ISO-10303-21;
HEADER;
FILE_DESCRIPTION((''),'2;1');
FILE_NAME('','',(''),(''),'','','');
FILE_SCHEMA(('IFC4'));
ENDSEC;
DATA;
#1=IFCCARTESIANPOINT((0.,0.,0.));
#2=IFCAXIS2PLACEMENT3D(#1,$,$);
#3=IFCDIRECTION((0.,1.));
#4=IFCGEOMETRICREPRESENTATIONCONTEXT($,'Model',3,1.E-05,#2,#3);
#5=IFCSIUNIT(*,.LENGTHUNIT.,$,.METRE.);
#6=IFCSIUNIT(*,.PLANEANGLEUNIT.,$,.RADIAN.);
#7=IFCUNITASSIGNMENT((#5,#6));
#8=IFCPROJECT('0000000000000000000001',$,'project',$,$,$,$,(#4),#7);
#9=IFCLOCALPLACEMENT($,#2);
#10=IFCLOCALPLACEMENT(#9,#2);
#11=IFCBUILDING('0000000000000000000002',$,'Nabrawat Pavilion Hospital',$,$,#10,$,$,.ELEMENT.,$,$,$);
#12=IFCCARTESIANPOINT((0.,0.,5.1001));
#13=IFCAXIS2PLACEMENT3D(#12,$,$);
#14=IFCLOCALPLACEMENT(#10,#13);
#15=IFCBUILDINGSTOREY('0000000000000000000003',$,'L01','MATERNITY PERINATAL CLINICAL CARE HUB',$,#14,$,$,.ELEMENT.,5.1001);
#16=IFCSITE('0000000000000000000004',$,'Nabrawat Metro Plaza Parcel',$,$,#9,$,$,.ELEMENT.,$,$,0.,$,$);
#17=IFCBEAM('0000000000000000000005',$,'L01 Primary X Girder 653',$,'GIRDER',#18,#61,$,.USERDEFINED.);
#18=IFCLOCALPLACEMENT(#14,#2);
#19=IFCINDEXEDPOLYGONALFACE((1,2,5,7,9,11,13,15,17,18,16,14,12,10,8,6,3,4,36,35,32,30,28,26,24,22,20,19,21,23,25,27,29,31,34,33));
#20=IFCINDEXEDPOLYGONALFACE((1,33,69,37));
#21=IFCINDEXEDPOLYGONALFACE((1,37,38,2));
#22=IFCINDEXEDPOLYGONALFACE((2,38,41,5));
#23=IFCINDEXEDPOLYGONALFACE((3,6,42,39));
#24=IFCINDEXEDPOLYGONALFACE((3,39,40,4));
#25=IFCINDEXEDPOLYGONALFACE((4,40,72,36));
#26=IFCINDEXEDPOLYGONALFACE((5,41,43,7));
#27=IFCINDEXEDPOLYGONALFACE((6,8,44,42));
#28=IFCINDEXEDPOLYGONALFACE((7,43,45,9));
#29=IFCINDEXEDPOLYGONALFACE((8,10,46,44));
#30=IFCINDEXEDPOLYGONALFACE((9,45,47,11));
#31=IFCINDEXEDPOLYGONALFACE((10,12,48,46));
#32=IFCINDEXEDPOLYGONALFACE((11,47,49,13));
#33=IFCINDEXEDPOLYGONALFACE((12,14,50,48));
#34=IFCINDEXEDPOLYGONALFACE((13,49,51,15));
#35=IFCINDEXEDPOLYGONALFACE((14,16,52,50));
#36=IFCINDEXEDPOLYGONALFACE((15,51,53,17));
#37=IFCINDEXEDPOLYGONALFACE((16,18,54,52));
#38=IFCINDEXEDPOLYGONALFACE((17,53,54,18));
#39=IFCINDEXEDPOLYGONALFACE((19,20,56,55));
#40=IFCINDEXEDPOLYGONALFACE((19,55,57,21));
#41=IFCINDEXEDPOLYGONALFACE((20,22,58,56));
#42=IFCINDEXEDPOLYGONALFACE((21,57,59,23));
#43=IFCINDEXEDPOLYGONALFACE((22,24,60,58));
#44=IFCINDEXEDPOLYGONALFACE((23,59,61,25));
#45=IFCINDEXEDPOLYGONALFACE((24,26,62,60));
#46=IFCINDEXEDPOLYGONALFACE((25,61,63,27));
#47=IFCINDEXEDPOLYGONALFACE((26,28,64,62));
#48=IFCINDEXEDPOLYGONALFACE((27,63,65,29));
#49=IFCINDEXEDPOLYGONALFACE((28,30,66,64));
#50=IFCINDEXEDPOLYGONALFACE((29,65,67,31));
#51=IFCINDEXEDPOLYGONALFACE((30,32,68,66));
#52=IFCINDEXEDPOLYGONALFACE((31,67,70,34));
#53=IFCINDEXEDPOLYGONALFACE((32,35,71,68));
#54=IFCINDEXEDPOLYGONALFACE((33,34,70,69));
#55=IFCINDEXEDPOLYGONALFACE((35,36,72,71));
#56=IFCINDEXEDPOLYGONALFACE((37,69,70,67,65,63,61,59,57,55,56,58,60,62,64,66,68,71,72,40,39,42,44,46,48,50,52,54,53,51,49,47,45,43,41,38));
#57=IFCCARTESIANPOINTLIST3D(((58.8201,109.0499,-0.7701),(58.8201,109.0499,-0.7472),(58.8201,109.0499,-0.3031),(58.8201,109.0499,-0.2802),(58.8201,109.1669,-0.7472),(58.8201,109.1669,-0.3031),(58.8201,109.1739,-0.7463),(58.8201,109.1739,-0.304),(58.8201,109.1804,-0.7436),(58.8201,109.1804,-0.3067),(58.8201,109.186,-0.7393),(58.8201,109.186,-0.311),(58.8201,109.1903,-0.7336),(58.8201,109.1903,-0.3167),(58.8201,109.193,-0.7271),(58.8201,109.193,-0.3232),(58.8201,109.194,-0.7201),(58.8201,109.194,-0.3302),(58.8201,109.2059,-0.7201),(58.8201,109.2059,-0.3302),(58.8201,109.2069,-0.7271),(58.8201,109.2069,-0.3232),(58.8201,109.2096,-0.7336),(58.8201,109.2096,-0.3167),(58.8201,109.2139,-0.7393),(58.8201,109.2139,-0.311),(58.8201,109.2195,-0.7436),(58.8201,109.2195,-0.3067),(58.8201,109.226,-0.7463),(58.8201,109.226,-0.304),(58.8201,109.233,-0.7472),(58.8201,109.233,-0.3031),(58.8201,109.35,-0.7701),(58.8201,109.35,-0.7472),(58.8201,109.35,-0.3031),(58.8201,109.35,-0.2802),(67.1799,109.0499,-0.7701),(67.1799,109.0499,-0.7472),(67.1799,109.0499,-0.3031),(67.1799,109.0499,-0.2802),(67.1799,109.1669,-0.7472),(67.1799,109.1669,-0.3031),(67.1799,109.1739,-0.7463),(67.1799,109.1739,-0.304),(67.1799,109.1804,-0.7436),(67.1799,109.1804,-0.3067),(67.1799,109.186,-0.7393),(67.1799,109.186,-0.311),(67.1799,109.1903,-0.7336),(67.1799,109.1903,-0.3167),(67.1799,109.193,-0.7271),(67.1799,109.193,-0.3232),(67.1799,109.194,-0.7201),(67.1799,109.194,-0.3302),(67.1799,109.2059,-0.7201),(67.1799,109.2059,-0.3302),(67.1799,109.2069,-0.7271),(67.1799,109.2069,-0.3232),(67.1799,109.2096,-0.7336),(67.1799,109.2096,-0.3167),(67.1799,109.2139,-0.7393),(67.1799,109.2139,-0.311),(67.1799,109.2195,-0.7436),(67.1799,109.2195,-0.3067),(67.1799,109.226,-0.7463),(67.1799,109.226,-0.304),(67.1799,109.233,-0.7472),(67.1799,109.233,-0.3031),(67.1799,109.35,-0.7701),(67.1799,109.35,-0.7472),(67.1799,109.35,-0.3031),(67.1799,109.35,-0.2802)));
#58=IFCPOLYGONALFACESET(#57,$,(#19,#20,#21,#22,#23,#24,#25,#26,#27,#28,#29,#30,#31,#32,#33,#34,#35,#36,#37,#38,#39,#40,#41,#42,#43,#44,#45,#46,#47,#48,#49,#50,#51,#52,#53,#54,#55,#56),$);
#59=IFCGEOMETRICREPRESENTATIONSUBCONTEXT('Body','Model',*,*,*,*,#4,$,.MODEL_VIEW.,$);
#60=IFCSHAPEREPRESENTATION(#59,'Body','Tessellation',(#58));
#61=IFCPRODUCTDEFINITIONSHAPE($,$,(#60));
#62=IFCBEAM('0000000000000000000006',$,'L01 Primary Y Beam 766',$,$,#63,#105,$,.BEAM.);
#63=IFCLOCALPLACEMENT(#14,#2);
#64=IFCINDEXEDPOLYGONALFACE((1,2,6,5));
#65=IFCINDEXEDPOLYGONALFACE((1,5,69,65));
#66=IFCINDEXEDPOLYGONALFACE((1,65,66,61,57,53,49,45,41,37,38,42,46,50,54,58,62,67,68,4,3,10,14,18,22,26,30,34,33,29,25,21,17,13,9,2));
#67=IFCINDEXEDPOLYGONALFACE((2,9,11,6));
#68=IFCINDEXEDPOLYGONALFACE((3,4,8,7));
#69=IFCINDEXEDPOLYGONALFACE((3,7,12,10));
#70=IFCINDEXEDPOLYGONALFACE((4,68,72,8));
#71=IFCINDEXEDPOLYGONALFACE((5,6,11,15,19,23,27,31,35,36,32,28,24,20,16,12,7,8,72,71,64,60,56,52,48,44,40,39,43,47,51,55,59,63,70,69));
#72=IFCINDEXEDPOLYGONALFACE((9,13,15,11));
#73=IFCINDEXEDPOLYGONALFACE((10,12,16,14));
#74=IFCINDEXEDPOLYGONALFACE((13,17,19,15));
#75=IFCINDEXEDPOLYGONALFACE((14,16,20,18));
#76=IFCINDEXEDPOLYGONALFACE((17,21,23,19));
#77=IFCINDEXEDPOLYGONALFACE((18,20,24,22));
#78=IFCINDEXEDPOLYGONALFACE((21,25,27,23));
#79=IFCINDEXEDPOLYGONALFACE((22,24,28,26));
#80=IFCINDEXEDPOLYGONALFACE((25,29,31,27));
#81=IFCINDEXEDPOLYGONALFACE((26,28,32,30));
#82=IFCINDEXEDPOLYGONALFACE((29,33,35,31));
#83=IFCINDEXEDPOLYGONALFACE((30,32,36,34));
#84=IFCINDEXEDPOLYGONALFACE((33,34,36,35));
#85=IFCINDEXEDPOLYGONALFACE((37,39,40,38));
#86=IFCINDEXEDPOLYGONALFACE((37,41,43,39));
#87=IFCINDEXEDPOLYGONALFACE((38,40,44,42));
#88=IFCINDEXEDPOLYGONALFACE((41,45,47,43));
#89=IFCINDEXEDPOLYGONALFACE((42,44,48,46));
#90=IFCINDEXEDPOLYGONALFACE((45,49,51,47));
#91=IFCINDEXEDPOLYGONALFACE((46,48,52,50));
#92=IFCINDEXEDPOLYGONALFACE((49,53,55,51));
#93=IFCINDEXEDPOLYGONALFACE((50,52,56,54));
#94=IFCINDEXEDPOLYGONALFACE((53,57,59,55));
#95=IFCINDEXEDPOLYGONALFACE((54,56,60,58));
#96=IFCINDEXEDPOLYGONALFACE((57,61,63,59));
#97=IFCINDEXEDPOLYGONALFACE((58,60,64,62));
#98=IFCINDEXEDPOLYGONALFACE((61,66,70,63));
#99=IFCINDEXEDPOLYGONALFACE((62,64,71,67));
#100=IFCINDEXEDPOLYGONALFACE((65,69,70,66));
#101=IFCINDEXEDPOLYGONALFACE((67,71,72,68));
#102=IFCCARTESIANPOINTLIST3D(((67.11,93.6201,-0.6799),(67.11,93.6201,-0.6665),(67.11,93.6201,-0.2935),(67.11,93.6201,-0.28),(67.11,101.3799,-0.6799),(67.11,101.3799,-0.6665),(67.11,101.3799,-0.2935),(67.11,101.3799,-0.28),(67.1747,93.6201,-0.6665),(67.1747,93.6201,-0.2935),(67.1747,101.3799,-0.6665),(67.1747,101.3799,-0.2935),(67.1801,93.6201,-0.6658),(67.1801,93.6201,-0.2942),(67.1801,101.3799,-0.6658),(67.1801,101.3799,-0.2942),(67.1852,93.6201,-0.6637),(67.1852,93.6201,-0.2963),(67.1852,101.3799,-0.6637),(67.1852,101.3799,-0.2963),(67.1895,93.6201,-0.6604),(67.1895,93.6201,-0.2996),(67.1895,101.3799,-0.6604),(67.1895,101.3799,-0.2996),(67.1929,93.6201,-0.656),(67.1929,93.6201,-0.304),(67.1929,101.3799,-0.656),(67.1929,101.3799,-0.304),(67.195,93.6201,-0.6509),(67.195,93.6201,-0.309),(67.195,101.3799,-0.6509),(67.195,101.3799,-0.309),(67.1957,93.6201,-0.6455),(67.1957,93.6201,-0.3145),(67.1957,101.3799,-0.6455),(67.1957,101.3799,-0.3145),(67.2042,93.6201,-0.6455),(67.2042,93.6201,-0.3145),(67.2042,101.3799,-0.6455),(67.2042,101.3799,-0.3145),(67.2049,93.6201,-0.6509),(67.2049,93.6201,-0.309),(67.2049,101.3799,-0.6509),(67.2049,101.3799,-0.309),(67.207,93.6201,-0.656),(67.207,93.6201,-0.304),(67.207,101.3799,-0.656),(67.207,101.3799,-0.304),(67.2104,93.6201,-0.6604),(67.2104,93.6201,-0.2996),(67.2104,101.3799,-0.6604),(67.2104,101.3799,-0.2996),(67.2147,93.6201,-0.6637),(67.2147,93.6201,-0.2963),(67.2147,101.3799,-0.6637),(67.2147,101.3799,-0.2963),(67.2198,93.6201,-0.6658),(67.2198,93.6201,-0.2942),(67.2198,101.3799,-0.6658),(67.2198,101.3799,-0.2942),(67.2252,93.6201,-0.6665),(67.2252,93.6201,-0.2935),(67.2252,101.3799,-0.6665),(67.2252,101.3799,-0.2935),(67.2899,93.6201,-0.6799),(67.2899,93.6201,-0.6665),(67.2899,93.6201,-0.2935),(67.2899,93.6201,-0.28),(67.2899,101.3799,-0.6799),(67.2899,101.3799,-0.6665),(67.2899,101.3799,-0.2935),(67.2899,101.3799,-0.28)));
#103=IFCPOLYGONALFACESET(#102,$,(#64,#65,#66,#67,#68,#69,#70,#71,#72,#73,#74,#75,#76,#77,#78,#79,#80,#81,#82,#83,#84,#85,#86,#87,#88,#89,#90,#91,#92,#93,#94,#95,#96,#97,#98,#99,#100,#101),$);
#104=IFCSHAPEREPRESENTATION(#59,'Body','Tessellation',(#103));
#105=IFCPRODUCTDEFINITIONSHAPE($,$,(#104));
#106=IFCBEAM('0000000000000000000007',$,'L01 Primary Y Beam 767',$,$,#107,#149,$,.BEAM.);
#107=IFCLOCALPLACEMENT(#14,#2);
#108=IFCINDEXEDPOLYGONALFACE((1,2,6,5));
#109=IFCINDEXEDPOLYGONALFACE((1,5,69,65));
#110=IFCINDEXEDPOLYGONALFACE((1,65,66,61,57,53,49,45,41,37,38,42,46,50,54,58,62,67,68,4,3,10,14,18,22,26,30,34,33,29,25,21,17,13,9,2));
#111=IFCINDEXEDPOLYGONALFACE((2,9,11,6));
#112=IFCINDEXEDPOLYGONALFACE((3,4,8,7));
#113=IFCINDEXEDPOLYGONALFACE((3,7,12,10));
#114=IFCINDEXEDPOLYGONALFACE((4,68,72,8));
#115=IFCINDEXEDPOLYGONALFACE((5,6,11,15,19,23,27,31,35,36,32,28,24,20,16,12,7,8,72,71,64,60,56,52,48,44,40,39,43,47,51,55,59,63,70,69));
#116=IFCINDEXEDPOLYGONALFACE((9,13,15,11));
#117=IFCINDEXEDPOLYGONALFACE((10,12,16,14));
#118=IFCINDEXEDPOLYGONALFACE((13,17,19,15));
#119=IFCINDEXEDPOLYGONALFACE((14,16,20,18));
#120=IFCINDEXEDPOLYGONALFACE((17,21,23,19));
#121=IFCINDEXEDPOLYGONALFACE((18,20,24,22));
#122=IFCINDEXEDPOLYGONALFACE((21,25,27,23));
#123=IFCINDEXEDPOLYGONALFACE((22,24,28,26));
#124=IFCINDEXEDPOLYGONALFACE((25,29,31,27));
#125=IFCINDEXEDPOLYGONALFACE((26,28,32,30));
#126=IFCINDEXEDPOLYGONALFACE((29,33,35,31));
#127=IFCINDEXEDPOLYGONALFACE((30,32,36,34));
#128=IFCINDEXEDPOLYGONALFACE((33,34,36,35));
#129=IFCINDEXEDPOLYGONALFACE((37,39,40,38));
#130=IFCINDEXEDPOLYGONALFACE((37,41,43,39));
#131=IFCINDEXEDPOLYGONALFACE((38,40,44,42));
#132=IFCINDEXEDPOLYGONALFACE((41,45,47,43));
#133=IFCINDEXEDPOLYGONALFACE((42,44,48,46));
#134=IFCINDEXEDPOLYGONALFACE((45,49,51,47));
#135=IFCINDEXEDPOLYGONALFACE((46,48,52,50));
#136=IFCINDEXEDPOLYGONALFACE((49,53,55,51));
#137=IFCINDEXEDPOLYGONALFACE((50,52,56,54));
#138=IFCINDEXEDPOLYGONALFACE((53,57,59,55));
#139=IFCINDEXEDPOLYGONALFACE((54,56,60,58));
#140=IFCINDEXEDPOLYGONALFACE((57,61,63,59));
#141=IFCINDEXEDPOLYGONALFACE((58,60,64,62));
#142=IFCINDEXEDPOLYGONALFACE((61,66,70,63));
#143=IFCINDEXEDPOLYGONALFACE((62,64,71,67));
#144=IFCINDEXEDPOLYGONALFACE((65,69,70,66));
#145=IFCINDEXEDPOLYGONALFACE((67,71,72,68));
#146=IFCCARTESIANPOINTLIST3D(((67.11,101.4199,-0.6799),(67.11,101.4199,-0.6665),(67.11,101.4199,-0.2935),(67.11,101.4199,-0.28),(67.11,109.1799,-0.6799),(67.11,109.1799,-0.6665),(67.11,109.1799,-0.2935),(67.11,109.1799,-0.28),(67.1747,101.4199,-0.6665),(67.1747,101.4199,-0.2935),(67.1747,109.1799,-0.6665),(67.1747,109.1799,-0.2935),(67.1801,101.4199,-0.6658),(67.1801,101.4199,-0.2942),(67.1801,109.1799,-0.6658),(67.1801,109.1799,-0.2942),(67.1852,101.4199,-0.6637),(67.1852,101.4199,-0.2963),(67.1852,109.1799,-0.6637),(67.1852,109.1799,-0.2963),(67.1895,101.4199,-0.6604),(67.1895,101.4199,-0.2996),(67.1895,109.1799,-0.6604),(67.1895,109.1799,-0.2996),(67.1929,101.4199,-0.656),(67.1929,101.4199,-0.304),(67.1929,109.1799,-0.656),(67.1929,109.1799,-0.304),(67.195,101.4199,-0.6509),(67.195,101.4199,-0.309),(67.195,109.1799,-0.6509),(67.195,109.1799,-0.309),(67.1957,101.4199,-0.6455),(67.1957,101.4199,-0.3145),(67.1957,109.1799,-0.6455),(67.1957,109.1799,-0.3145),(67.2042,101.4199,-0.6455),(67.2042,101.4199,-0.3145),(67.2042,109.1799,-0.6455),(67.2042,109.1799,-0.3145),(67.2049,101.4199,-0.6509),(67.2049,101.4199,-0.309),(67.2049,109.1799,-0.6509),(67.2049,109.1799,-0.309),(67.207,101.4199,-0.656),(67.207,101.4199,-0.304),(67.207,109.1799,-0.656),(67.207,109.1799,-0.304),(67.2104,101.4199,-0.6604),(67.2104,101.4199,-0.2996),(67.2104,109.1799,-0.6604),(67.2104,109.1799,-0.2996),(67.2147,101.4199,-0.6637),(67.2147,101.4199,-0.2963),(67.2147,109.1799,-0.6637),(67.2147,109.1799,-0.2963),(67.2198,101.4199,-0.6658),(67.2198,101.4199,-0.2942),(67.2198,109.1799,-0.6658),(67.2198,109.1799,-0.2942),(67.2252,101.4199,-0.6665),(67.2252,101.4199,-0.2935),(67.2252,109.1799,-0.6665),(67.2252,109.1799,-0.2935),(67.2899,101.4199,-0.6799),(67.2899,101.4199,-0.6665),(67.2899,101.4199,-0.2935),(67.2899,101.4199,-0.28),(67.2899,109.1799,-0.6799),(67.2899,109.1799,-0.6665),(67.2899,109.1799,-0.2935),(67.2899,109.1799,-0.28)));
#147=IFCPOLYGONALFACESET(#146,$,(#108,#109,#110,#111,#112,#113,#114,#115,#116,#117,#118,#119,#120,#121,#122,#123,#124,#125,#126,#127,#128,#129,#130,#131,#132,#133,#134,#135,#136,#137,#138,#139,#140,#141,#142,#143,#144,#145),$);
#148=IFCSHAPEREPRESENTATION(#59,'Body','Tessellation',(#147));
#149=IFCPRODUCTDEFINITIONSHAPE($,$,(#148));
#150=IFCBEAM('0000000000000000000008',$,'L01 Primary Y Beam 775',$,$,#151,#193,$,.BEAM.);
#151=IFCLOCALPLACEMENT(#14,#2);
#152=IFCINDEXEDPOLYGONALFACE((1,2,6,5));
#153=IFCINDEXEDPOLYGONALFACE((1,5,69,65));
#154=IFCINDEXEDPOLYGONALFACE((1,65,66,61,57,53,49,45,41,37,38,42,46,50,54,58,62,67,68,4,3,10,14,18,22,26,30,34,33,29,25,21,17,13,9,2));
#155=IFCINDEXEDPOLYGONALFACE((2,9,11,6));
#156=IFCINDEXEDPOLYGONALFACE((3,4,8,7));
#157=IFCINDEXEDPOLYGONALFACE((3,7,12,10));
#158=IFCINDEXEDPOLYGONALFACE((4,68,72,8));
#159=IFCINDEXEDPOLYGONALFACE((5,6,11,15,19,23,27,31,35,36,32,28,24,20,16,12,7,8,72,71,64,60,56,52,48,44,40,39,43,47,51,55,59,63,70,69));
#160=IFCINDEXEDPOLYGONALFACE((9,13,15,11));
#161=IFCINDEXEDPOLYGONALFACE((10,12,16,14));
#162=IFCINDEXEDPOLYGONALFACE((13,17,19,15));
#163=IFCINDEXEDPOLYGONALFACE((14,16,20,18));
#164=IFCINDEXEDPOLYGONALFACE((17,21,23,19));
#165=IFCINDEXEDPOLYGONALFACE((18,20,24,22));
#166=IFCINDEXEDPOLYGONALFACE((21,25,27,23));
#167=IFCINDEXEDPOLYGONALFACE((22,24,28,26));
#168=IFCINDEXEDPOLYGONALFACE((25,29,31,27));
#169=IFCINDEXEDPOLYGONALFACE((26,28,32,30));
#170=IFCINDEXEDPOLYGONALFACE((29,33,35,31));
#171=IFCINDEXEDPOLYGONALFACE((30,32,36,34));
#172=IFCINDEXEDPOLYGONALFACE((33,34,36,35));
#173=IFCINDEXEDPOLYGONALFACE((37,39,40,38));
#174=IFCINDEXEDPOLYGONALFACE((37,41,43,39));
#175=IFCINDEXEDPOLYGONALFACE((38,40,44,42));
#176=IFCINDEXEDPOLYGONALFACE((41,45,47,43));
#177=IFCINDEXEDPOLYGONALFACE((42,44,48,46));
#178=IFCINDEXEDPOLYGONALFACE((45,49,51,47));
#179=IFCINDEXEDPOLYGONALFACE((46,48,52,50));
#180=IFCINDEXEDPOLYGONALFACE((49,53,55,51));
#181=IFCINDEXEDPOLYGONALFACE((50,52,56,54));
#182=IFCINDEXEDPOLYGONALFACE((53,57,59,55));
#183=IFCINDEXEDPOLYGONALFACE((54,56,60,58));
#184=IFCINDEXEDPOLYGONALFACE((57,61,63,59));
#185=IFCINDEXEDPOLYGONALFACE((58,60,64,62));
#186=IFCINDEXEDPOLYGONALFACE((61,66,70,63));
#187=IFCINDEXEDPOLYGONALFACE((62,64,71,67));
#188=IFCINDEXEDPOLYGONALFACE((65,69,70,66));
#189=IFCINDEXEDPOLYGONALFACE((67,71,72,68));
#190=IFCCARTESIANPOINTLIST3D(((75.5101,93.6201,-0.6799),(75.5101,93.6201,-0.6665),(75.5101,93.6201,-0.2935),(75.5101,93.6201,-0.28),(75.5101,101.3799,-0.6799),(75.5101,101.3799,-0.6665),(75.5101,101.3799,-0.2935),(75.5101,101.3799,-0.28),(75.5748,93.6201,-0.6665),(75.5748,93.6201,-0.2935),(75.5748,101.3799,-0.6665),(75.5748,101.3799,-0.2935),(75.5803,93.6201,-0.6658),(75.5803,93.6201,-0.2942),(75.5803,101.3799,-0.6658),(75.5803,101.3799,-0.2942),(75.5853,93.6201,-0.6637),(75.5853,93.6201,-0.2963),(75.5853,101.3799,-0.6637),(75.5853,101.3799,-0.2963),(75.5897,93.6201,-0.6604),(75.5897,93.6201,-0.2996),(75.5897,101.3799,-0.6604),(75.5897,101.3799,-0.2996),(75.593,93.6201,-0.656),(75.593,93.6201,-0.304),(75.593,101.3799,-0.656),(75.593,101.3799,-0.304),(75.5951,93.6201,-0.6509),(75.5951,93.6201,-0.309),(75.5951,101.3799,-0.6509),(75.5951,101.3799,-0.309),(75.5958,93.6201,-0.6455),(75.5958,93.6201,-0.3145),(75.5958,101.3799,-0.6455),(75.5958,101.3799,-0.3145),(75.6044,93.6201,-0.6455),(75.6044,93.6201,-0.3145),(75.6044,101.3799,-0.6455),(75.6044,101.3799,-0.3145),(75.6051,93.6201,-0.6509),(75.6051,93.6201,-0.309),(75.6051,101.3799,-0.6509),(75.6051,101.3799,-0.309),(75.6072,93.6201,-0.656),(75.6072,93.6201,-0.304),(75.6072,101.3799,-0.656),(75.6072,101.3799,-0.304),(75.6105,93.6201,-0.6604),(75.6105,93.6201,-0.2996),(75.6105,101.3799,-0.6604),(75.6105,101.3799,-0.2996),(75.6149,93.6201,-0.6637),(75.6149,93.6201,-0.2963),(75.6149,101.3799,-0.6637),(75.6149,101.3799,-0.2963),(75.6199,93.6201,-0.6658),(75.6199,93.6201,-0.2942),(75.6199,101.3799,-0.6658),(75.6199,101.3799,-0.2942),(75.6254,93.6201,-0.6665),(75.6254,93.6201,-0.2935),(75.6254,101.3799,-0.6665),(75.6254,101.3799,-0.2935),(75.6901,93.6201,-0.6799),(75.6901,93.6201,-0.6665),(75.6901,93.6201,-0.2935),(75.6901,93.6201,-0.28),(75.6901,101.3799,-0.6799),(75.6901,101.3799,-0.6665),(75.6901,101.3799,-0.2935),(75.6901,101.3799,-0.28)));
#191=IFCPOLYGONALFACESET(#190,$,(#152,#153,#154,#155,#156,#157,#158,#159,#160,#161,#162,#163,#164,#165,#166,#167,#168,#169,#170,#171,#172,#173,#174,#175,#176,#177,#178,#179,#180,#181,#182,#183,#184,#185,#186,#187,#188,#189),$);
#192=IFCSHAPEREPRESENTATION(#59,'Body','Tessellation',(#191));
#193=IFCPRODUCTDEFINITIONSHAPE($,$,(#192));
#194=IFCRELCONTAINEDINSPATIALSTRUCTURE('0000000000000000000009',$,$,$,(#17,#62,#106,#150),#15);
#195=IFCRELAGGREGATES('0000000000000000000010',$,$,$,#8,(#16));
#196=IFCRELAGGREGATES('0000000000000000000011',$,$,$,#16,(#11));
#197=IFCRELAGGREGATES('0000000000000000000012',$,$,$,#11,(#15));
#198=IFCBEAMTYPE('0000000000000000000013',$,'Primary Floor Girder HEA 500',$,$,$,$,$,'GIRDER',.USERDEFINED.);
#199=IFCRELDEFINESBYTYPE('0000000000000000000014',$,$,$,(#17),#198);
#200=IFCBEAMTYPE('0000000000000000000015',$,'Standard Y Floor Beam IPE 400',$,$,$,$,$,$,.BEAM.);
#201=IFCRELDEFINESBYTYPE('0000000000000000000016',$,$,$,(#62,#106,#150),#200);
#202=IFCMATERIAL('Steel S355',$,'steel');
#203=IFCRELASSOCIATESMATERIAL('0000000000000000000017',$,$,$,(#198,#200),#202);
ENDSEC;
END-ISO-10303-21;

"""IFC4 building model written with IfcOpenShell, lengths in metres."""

from ifc_helpers import new_model, si_unit, direction, frame, origin, origin_2d, place, context, subcontext, project, spatial, i_section, extrude, material, material_profile, profile_set, type_object, element, save


model = new_model("IFC4")

# Units and contexts
model_context = context("Model", 3, precision=1e-05, world=origin(), true_north=direction((0.0, 1.0)))
body_context = subcontext(model_context, "Body", "Model", "MODEL_VIEW")
ifc_project = project(units=[si_unit("LENGTHUNIT", "METRE"), si_unit("PLANEANGLEUNIT", "RADIAN")], contexts=[model_context])

# Site, building, storey
site_placement = place(None, origin())
site = spatial("IfcSite", under=ifc_project, at=site_placement, Name="Nabrawat Metro Plaza Parcel", CompositionType="ELEMENT", RefElevation=0.0)
building_placement = place(site_placement, origin())
building = spatial("IfcBuilding", under=site, at=building_placement, Name="Nabrawat Pavilion Hospital", CompositionType="ELEMENT")
storey_placement = place(building_placement, frame((0.0, 0.0, 5.1001)))
storey = spatial("IfcBuildingStorey", under=building, at=storey_placement, Name="L01", Description="MATERNITY PERINATAL CLINICAL CARE HUB", CompositionType="ELEMENT", Elevation=5.1001)

# Beams
ifc_material_1 = material(Name="Steel S355", Category="steel")
ifc_material_profile_1 = material_profile(ifc_material_1, i_section(OverallWidth=0.3, OverallDepth=0.49, WebThickness=0.012, FlangeThickness=0.0229, FilletRadius=0.0271, at=origin_2d()), Name="HEA 500")
ifc_profile_set_1 = profile_set([ifc_material_profile_1], Name="Steel S355")
beam_type_1 = type_object("IfcBeamType", Name="Primary Floor Girder HEA 500", ElementType="GIRDER", PredefinedType="USERDEFINED", material=ifc_profile_set_1)
beam_1_placement = place(storey_placement, frame((58.8201, 109.2, -0.5251), z_axis=(1.0, 0.0, 0.0), x_axis=(0.0, 1.0, 0.0)))
element("IfcBeam", 1, at=beam_1_placement, inside=storey, type_object=beam_type_1, Name="L01 Primary X Girder 653", ObjectType="GIRDER", PredefinedType="USERDEFINED", context=body_context, shape_type="SweptSolid", body=[
    extrude(i_section(OverallWidth=0.3, OverallDepth=0.49, WebThickness=0.012, FlangeThickness=0.0229, FilletRadius=0.0271, at=origin_2d()), origin(), (0.0, 0.0, 1.0), 8.3599),
])
ifc_material_profile_2 = material_profile(ifc_material_1, i_section(OverallWidth=0.1799, OverallDepth=0.3999, WebThickness=0.0085, FlangeThickness=0.0134, FilletRadius=0.021, at=origin_2d()), Name="IPE 400")
ifc_profile_set_2 = profile_set([ifc_material_profile_2], Name="Steel S355")
beam_type_2 = type_object("IfcBeamType", Name="Standard Y Floor Beam IPE 400", PredefinedType="BEAM", material=ifc_profile_set_2)
beam_2_placement = place(storey_placement, frame((67.2, 93.6201, -0.48), z_axis=(0.0, 1.0, 0.0), x_axis=(-1.0, 0.0, 0.0)))
element("IfcBeam", 2, at=beam_2_placement, inside=storey, type_object=beam_type_2, Name="L01 Primary Y Beam 766", PredefinedType="BEAM", context=body_context, shape_type="SweptSolid", body=[
    extrude(i_section(OverallWidth=0.1799, OverallDepth=0.3999, WebThickness=0.0085, FlangeThickness=0.0134, FilletRadius=0.021, at=origin_2d()), origin(), (0.0, 0.0, 1.0), 7.7598),
])
beam_3_placement = place(storey_placement, frame((67.2, 101.4199, -0.48), z_axis=(0.0, 1.0, 0.0), x_axis=(-1.0, 0.0, 0.0)))
element("IfcBeam", 3, at=beam_3_placement, inside=storey, type_object=beam_type_2, Name="L01 Primary Y Beam 767", PredefinedType="BEAM", context=body_context, shape_type="SweptSolid", body=[
    extrude(i_section(OverallWidth=0.1799, OverallDepth=0.3999, WebThickness=0.0085, FlangeThickness=0.0134, FilletRadius=0.021, at=origin_2d()), origin(), (0.0, 0.0, 1.0), 7.76),
])
beam_4_placement = place(storey_placement, frame((75.6001, 93.6201, -0.48), z_axis=(0.0, 1.0, 0.0), x_axis=(-1.0, 0.0, 0.0)))
element("IfcBeam", 4, at=beam_4_placement, inside=storey, type_object=beam_type_2, Name="L01 Primary Y Beam 775", PredefinedType="BEAM", context=body_context, shape_type="SweptSolid", body=[
    extrude(i_section(OverallWidth=0.1799, OverallDepth=0.3999, WebThickness=0.0085, FlangeThickness=0.0134, FilletRadius=0.021, at=origin_2d()), origin(), (0.0, 0.0, 1.0), 7.7598),
])

save(model, "model.ifc")
